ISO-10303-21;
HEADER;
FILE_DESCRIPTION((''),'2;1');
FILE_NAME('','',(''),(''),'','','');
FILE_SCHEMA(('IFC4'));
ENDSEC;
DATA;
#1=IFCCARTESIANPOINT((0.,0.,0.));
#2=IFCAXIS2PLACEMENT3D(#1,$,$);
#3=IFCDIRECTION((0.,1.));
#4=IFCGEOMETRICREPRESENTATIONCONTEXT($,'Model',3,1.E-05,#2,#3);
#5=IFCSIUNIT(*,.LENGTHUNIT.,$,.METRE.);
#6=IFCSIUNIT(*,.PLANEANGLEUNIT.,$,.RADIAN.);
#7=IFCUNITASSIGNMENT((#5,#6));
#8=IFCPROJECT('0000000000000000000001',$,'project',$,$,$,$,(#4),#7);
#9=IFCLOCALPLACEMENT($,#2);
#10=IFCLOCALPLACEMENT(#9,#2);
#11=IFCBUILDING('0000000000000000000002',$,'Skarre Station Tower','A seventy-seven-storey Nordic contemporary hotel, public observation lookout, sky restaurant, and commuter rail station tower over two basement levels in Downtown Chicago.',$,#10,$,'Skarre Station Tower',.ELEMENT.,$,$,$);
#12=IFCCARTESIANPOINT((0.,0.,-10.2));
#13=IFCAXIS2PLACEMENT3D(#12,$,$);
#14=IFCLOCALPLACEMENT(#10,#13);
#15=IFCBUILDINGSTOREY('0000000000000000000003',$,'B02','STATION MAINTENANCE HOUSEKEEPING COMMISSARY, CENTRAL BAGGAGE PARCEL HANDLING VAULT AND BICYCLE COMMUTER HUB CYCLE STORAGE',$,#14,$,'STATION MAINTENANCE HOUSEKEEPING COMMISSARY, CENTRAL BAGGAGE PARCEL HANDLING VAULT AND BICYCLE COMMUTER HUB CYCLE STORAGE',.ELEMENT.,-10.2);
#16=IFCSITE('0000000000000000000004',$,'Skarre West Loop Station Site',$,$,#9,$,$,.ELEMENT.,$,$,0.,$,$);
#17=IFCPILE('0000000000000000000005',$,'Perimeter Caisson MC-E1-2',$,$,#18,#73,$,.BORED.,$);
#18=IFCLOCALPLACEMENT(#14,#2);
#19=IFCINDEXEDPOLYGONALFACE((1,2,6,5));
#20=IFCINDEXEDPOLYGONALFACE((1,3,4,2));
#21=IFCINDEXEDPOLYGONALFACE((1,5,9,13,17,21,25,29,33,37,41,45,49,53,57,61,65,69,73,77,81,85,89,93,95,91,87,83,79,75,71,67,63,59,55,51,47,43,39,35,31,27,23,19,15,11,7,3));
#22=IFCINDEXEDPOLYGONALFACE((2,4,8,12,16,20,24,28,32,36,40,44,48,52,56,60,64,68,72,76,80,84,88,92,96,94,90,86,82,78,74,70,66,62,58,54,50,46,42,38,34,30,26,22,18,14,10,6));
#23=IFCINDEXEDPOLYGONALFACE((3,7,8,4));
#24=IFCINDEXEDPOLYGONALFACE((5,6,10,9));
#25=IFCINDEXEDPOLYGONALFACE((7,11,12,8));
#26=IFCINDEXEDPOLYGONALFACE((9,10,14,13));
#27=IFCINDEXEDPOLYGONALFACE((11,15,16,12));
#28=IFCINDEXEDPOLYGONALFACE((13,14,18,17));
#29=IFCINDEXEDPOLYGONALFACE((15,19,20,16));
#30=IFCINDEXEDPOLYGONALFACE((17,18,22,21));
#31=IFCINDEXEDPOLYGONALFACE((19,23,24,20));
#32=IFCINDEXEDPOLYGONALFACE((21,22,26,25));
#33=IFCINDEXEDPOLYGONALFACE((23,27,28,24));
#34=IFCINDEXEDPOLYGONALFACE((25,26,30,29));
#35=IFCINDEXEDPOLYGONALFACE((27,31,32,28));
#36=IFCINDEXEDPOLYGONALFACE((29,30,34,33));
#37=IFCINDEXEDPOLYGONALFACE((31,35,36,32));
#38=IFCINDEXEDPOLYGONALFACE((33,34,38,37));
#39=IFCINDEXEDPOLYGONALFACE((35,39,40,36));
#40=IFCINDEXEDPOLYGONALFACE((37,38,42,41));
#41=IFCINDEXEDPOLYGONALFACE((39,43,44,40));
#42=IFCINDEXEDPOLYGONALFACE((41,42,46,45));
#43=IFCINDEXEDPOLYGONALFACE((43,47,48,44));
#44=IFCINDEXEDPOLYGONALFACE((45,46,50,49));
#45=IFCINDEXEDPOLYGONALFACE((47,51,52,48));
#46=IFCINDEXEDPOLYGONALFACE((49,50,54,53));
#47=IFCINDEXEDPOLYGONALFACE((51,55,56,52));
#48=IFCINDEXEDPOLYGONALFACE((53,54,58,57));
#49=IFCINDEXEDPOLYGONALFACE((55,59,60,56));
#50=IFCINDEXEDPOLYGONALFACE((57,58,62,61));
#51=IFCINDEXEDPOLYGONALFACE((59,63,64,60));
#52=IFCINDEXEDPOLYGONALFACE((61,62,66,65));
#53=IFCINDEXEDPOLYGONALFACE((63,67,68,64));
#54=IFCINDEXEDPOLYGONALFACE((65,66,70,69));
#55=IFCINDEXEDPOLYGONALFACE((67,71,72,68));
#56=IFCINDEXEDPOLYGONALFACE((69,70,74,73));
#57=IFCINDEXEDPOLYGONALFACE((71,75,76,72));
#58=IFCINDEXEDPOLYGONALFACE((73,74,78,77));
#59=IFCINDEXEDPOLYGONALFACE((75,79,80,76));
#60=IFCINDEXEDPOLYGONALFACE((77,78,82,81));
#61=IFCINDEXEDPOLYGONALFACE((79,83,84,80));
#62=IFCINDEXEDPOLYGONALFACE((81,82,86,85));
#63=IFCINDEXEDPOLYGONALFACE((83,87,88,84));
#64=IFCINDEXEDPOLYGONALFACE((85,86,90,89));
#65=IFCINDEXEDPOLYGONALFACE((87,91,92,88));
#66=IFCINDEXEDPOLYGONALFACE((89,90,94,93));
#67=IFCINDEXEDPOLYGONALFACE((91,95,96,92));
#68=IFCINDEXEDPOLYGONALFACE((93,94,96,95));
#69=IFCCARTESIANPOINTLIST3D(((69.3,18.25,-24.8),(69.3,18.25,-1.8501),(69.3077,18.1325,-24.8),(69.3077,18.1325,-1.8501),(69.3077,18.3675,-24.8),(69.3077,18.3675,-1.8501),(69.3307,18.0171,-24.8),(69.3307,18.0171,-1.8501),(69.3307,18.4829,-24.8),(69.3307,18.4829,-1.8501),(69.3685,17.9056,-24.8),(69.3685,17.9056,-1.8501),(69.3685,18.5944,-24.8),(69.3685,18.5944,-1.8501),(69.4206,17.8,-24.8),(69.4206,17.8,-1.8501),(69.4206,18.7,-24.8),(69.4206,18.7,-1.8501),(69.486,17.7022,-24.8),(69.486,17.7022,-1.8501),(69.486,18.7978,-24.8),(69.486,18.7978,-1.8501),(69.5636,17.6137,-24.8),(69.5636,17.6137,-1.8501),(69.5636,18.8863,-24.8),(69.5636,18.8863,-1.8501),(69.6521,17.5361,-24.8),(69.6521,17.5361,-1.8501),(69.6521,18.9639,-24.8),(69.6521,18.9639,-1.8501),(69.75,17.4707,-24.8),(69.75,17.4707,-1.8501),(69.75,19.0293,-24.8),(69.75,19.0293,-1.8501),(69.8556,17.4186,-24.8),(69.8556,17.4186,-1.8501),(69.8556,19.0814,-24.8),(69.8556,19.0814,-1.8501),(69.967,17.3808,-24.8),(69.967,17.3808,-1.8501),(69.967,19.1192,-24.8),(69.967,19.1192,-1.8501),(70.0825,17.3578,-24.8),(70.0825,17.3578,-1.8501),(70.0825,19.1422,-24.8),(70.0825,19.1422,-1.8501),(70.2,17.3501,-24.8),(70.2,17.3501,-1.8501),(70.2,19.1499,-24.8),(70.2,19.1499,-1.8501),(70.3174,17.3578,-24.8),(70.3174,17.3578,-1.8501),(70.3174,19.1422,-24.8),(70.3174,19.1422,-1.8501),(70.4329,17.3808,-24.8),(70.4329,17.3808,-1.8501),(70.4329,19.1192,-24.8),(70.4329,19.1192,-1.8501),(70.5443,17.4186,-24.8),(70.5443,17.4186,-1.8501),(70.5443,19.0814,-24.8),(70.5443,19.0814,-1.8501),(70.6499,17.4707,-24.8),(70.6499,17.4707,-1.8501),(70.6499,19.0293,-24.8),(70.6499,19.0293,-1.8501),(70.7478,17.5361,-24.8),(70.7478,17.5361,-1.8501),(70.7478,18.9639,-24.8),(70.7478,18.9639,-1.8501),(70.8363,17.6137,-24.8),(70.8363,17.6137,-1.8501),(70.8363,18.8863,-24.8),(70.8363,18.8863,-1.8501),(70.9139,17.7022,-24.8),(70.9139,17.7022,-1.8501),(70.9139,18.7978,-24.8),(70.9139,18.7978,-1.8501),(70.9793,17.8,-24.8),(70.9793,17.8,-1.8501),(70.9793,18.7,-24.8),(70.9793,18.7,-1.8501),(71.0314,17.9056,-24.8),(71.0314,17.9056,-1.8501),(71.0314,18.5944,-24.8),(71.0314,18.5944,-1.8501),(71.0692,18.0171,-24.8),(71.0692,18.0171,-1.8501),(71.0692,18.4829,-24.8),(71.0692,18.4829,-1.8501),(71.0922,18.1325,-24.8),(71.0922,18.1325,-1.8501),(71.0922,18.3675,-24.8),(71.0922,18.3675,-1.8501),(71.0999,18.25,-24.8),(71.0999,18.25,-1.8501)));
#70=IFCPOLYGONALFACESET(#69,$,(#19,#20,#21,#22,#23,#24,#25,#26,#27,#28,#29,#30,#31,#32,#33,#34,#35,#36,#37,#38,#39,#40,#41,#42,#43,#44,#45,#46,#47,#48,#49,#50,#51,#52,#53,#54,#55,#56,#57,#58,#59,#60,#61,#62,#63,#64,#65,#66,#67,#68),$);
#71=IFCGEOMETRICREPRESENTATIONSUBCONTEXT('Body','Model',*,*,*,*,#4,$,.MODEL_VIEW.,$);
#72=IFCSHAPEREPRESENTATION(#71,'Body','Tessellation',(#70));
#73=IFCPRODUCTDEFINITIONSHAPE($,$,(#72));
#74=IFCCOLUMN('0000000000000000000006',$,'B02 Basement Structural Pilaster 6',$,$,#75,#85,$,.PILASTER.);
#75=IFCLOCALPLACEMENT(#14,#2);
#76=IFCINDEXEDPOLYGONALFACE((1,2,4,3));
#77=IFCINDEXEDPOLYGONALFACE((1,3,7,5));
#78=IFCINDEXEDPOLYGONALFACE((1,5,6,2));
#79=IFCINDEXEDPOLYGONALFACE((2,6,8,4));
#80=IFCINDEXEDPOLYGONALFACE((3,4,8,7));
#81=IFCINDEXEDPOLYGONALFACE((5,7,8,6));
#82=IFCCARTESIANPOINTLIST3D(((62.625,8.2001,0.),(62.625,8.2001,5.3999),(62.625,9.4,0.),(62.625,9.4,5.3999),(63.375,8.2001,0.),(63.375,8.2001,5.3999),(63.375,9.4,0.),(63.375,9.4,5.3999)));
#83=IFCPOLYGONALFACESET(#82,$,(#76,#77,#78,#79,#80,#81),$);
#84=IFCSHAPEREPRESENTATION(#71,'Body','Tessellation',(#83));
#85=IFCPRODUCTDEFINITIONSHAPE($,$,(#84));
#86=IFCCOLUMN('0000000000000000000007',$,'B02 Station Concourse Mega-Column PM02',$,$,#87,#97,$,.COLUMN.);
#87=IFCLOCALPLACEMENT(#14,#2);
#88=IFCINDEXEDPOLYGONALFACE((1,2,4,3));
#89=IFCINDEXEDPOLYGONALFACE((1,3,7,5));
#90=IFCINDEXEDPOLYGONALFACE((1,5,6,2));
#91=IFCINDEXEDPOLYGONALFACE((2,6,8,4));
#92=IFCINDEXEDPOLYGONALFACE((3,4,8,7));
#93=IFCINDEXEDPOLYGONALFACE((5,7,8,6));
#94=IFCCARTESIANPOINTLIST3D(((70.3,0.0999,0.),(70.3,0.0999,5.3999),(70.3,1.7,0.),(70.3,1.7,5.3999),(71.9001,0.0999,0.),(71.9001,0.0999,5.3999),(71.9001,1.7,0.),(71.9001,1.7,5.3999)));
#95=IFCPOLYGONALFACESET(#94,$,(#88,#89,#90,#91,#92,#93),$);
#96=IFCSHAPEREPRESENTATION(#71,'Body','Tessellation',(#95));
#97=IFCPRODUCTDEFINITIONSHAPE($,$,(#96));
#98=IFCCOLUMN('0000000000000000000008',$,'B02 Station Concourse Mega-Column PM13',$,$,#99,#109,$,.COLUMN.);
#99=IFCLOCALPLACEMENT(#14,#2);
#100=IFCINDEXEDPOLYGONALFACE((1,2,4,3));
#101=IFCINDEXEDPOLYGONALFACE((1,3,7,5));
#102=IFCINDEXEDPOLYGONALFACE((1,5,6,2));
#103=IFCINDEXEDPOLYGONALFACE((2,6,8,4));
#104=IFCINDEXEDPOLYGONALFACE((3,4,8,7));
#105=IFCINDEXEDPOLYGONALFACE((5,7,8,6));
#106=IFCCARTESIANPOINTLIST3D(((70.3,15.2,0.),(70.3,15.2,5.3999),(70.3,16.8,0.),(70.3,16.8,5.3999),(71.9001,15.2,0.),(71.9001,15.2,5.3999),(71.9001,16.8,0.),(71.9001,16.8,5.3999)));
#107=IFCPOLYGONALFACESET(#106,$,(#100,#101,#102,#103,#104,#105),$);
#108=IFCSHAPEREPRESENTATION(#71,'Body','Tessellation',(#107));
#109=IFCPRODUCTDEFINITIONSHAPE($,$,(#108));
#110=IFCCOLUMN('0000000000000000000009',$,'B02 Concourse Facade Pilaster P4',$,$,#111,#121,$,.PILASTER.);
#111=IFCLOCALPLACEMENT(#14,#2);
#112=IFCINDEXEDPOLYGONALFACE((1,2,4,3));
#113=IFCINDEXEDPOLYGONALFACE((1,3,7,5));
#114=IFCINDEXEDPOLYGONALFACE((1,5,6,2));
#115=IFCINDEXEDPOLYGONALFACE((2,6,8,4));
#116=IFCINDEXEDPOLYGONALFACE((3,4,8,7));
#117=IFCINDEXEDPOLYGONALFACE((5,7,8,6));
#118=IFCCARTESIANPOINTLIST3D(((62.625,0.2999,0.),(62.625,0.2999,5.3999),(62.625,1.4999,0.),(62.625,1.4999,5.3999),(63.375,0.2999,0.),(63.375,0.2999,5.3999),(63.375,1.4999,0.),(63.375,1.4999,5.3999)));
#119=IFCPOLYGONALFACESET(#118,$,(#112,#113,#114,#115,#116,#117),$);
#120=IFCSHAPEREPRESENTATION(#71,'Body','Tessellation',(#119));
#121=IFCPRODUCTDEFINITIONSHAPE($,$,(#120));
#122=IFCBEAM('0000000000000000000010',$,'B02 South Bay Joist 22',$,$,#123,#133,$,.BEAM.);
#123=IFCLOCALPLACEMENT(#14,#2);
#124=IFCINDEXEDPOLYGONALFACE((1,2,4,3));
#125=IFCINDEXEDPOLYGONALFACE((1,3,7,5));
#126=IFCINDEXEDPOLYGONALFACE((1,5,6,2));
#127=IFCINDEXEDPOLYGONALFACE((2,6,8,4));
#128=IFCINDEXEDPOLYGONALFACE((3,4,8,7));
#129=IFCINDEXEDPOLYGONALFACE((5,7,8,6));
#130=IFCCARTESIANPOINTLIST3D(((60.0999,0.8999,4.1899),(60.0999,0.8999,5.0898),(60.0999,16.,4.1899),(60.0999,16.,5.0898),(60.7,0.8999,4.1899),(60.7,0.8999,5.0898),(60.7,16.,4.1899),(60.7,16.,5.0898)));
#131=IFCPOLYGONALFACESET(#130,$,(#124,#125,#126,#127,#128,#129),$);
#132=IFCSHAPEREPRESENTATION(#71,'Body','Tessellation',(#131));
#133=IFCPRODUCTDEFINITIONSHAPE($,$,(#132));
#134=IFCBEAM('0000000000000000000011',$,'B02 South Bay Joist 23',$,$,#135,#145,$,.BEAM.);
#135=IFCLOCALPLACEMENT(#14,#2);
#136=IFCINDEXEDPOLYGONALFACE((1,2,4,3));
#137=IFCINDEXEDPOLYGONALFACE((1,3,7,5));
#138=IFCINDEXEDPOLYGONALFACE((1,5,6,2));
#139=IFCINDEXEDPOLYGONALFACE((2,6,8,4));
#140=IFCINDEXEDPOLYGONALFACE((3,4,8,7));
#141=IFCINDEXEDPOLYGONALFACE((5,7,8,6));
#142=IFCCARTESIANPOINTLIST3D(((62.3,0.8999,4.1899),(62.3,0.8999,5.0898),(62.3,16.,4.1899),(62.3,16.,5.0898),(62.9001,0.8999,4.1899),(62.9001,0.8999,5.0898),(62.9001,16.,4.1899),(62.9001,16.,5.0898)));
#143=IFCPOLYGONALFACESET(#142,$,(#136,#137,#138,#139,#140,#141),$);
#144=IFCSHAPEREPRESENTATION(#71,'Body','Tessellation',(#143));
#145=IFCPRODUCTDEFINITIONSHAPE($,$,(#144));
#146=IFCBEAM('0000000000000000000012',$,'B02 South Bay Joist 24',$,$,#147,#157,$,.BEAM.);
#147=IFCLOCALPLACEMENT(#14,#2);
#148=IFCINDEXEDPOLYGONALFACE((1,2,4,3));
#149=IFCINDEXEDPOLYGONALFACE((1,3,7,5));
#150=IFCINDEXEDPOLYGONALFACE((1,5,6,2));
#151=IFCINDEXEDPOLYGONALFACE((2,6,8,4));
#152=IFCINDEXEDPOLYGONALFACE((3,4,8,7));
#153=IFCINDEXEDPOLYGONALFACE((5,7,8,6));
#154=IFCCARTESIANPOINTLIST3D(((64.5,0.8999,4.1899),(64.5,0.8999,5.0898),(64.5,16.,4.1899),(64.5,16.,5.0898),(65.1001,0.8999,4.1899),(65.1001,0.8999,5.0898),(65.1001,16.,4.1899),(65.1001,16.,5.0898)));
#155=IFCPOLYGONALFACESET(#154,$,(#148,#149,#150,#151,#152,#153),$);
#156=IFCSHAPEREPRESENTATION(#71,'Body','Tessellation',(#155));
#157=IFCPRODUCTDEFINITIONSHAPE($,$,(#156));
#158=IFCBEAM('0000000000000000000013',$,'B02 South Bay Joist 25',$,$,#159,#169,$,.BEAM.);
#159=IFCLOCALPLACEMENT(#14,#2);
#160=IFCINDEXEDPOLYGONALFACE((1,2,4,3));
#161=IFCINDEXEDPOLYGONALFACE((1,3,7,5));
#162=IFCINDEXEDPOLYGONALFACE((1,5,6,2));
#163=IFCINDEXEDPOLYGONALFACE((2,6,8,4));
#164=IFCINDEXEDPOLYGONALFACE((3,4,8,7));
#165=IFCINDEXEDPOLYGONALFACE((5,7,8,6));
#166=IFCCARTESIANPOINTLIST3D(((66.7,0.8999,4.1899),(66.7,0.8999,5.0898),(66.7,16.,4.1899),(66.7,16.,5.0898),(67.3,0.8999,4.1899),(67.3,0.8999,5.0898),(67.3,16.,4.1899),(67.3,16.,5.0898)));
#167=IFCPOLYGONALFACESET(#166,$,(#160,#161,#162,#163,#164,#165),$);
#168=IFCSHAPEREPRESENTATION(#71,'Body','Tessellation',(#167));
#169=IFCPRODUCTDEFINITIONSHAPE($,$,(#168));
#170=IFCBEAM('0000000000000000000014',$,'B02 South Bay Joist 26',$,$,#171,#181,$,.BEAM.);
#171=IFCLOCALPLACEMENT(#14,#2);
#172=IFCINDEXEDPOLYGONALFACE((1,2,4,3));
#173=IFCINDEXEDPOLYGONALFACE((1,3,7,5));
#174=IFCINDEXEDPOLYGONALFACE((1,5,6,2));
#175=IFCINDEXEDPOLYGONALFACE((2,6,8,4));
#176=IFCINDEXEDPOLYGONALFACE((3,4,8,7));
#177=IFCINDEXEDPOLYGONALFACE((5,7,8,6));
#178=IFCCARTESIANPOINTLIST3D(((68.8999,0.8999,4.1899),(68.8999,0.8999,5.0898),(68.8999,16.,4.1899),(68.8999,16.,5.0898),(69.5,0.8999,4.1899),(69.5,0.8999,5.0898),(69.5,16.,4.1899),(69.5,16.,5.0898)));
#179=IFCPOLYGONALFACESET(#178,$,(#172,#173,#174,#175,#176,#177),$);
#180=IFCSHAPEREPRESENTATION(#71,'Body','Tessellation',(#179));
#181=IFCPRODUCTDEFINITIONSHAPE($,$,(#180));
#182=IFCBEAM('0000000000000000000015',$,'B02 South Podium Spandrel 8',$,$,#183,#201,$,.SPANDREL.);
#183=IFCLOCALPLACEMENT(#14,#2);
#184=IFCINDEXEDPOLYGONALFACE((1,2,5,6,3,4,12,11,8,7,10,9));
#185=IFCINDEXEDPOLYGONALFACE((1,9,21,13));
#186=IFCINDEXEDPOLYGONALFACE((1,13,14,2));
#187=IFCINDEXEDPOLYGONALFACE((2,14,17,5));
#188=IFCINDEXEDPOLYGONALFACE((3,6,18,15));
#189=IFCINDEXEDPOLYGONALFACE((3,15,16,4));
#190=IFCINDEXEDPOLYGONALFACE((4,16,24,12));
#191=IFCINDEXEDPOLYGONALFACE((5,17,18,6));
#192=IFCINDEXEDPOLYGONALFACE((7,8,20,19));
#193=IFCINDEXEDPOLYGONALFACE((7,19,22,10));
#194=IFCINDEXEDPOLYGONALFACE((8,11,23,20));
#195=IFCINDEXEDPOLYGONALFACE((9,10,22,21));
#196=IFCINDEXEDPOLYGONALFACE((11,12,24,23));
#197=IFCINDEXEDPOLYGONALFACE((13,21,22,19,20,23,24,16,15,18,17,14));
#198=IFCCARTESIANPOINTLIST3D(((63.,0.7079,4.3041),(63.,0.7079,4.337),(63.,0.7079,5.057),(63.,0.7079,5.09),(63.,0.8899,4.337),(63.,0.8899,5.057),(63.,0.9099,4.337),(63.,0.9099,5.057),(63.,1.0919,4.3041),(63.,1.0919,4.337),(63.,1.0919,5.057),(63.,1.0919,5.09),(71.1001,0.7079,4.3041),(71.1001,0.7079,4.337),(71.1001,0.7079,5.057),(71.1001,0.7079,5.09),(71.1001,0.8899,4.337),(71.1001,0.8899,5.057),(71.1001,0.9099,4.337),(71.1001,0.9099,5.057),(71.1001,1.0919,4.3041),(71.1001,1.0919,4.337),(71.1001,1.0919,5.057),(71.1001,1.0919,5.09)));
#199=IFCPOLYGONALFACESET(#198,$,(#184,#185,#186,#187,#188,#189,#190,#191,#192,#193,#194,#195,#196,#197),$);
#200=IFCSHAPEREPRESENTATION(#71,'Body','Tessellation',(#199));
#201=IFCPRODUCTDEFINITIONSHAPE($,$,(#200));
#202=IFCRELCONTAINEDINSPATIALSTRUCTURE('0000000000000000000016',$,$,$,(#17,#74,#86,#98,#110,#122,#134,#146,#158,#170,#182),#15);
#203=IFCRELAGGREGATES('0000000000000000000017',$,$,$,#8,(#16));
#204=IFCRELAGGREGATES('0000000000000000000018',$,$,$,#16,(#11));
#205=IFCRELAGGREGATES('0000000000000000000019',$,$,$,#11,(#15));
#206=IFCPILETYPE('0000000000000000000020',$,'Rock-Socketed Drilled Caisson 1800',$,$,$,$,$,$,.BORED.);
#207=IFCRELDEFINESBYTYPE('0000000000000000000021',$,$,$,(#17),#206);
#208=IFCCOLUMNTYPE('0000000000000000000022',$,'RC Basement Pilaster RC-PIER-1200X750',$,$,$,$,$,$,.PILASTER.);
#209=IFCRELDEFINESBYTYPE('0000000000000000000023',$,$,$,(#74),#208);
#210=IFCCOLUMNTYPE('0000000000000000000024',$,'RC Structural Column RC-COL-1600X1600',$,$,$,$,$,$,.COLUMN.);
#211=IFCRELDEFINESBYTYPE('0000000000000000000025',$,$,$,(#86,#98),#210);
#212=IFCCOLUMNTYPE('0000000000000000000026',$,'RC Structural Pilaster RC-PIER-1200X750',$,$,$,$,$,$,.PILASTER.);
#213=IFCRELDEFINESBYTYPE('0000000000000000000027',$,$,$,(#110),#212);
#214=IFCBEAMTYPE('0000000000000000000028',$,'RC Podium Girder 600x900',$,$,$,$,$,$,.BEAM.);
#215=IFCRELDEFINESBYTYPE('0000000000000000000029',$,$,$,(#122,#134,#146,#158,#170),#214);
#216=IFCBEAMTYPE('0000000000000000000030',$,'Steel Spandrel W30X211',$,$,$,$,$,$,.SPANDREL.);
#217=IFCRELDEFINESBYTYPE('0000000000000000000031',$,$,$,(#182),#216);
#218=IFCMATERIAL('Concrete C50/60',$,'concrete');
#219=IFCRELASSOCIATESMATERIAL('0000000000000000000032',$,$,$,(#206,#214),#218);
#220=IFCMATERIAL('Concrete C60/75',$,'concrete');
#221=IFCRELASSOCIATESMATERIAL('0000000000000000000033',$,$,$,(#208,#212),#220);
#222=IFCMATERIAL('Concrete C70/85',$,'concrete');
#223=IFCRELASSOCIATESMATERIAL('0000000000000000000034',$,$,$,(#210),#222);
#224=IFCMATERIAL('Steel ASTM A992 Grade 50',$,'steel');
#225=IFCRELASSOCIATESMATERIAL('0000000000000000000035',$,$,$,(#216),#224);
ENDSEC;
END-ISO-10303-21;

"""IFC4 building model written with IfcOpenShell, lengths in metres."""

from ifc_helpers import new_model, si_unit, direction, frame, origin, origin_2d, place, context, subcontext, project, spatial, rectangle, circle, i_section, extrude, material, material_profile, profile_set, type_object, element, save


model = new_model("IFC4")

# Units and contexts
model_context = context("Model", 3, precision=1e-05, world=origin(), true_north=direction((0.0, 1.0)))
body_context = subcontext(model_context, "Body", "Model", "MODEL_VIEW")
ifc_project = project(units=[si_unit("LENGTHUNIT", "METRE"), si_unit("PLANEANGLEUNIT", "RADIAN")], contexts=[model_context])

# Site, building, storey
site_placement = place(None, origin())
site = spatial("IfcSite", under=ifc_project, at=site_placement, Name="Skarre West Loop Station Site", CompositionType="ELEMENT", RefElevation=0.0)
building_placement = place(site_placement, origin())
building = spatial("IfcBuilding", under=site, at=building_placement, Name="Skarre Station Tower", Description="A seventy-seven-storey Nordic contemporary hotel, public observation lookout, sky restaurant, and commuter rail station tower over two basement levels in Downtown Chicago.", LongName="Skarre Station Tower", CompositionType="ELEMENT")
storey_placement = place(building_placement, frame((0.0, 0.0, -10.2)))
storey = spatial("IfcBuildingStorey", under=building, at=storey_placement, Name="B02", Description="STATION MAINTENANCE HOUSEKEEPING COMMISSARY, CENTRAL BAGGAGE PARCEL HANDLING VAULT AND BICYCLE COMMUTER HUB CYCLE STORAGE", LongName="STATION MAINTENANCE HOUSEKEEPING COMMISSARY, CENTRAL BAGGAGE PARCEL HANDLING VAULT AND BICYCLE COMMUTER HUB CYCLE STORAGE", CompositionType="ELEMENT", Elevation=-10.2)

# Shared definitions
ifc_material_1 = material(Name="Concrete C50/60", Category="concrete")

# Pile
ifc_material_profile_1 = material_profile(ifc_material_1, circle(Radius=0.8999, at=origin_2d()), Name="Concrete C50/60")
ifc_profile_set_1 = profile_set([ifc_material_profile_1], Name="Concrete C50/60")
pile_type = type_object("IfcPileType", Name="Rock-Socketed Drilled Caisson 1800", PredefinedType="BORED", material=ifc_profile_set_1)
for number, where, z_axis, x_axis, name in (
    (1, (70.2, 18.25, -1.8501), (0.0, 0.0, -1.0), (1.0, 0.0, 0.0), "Perimeter Caisson MC-E1-2"),
):
    element("IfcPile", number, at=place(storey_placement, frame(where, z_axis=z_axis, x_axis=x_axis)), inside=storey, type_object=pile_type, Name=name, PredefinedType="BORED", context=body_context, shape_type="SweptSolid", body=[
        extrude(circle(Radius=0.8999, at=origin_2d()), origin(), (0.0, 0.0, 1.0), 22.95),
    ])

# Columns
ifc_material_2 = material(Name="Concrete C60/75", Category="concrete")
ifc_material_profile_2 = material_profile(ifc_material_2, rectangle(XDim=0.75, YDim=1.2, at=origin_2d()), Name="Concrete C60/75")
ifc_profile_set_2 = profile_set([ifc_material_profile_2], Name="Concrete C60/75")
column_type_1 = type_object("IfcColumnType", Name="RC Basement Pilaster RC-PIER-1200X750", PredefinedType="PILASTER", material=ifc_profile_set_2)
column_1_placement = place(storey_placement, frame((63.0, 8.8, 0.0), z_axis=(0.0, 0.0, 1.0), x_axis=(1.0, 0.0, 0.0)))
element("IfcColumn", 2, at=column_1_placement, inside=storey, type_object=column_type_1, Name="B02 Basement Structural Pilaster 6", PredefinedType="PILASTER", context=body_context, shape_type="SweptSolid", body=[
    extrude(rectangle(XDim=0.75, YDim=1.2, at=origin_2d()), origin(), (0.0, 0.0, 1.0), 5.3999),
])
ifc_material_3 = material(Name="Concrete C70/85", Category="concrete")
ifc_material_profile_3 = material_profile(ifc_material_3, rectangle(XDim=1.6001, YDim=1.6001, at=origin_2d()), Name="Concrete C70/85")
ifc_profile_set_3 = profile_set([ifc_material_profile_3], Name="Concrete C70/85")
column_type_2 = type_object("IfcColumnType", Name="RC Structural Column RC-COL-1600X1600", PredefinedType="COLUMN", material=ifc_profile_set_3)
for number, where, z_axis, x_axis, name in (
    (3, (71.1001, 0.8999, 0.0), (0.0, 0.0, 1.0), (1.0, 0.0, 0.0), "B02 Station Concourse Mega-Column PM02"),
    (4, (71.1001, 16.0, 0.0), (0.0, 0.0, 1.0), (1.0, 0.0, 0.0), "B02 Station Concourse Mega-Column PM13"),
):
    element("IfcColumn", number, at=place(storey_placement, frame(where, z_axis=z_axis, x_axis=x_axis)), inside=storey, type_object=column_type_2, Name=name, PredefinedType="COLUMN", context=body_context, shape_type="SweptSolid", body=[
        extrude(rectangle(XDim=1.6001, YDim=1.6001, at=origin_2d()), origin(), (0.0, 0.0, 1.0), 5.3999),
    ])
ifc_material_profile_4 = material_profile(ifc_material_2, rectangle(XDim=0.75, YDim=1.2, at=origin_2d()), Name="Concrete C60/75")
ifc_profile_set_4 = profile_set([ifc_material_profile_4], Name="Concrete C60/75")
column_type_3 = type_object("IfcColumnType", Name="RC Structural Pilaster RC-PIER-1200X750", PredefinedType="PILASTER", material=ifc_profile_set_4)
column_2_placement = place(storey_placement, frame((63.0, 0.8999, 0.0), z_axis=(0.0, 0.0, 1.0), x_axis=(1.0, 0.0, 0.0)))
element("IfcColumn", 5, at=column_2_placement, inside=storey, type_object=column_type_3, Name="B02 Concourse Facade Pilaster P4", PredefinedType="PILASTER", context=body_context, shape_type="SweptSolid", body=[
    extrude(rectangle(XDim=0.75, YDim=1.2, at=origin_2d()), origin(), (0.0, 0.0, 1.0), 5.3999),
])

# Beams
ifc_material_profile_5 = material_profile(ifc_material_1, rectangle(XDim=0.6001, YDim=0.8999, at=origin_2d()), Name="Concrete C50/60")
ifc_profile_set_5 = profile_set([ifc_material_profile_5], Name="Concrete C50/60")
beam_type_1 = type_object("IfcBeamType", Name="RC Podium Girder 600x900", PredefinedType="BEAM", material=ifc_profile_set_5)
for number, where, z_axis, x_axis, name in (
    (6, (60.3999, 0.8999, 4.6399), (0.0, 1.0, 0.0), (-1.0, 0.0, 0.0), "B02 South Bay Joist 22"),
    (7, (62.6001, 0.8999, 4.6399), (0.0, 1.0, 0.0), (-1.0, 0.0, 0.0), "B02 South Bay Joist 23"),
    (8, (64.8, 0.8999, 4.6399), (0.0, 1.0, 0.0), (-1.0, 0.0, 0.0), "B02 South Bay Joist 24"),
    (9, (67.0, 0.8999, 4.6399), (0.0, 1.0, 0.0), (-1.0, 0.0, 0.0), "B02 South Bay Joist 25"),
    (10, (69.2, 0.8999, 4.6399), (0.0, 1.0, 0.0), (-1.0, 0.0, 0.0), "B02 South Bay Joist 26"),
):
    element("IfcBeam", number, at=place(storey_placement, frame(where, z_axis=z_axis, x_axis=x_axis)), inside=storey, type_object=beam_type_1, Name=name, PredefinedType="BEAM", context=body_context, shape_type="SweptSolid", body=[
        extrude(rectangle(XDim=0.6001, YDim=0.8999, at=origin_2d()), origin(), (0.0, 0.0, 1.0), 15.1001),
    ])
ifc_material_4 = material(Name="Steel ASTM A992 Grade 50", Category="steel")
ifc_material_profile_6 = material_profile(ifc_material_4, i_section(OverallWidth=0.384, OverallDepth=0.7859, WebThickness=0.02, FlangeThickness=0.033, at=origin_2d()), Name="Steel ASTM A992 Grade 50")
ifc_profile_set_6 = profile_set([ifc_material_profile_6], Name="Steel ASTM A992 Grade 50")
beam_type_2 = type_object("IfcBeamType", Name="Steel Spandrel W30X211", PredefinedType="SPANDREL", material=ifc_profile_set_6)
beam_1_placement = place(storey_placement, frame((63.0, 0.8999, 4.697), z_axis=(1.0, 0.0, 0.0), x_axis=(0.0, 1.0, 0.0)))
element("IfcBeam", 11, at=beam_1_placement, inside=storey, type_object=beam_type_2, Name="B02 South Podium Spandrel 8", PredefinedType="SPANDREL", context=body_context, shape_type="SweptSolid", body=[
    extrude(i_section(OverallWidth=0.384, OverallDepth=0.7859, WebThickness=0.02, FlangeThickness=0.033, at=origin_2d()), origin(), (0.0, 0.0, 1.0), 8.1001),
])

save(model, "model.ifc")
